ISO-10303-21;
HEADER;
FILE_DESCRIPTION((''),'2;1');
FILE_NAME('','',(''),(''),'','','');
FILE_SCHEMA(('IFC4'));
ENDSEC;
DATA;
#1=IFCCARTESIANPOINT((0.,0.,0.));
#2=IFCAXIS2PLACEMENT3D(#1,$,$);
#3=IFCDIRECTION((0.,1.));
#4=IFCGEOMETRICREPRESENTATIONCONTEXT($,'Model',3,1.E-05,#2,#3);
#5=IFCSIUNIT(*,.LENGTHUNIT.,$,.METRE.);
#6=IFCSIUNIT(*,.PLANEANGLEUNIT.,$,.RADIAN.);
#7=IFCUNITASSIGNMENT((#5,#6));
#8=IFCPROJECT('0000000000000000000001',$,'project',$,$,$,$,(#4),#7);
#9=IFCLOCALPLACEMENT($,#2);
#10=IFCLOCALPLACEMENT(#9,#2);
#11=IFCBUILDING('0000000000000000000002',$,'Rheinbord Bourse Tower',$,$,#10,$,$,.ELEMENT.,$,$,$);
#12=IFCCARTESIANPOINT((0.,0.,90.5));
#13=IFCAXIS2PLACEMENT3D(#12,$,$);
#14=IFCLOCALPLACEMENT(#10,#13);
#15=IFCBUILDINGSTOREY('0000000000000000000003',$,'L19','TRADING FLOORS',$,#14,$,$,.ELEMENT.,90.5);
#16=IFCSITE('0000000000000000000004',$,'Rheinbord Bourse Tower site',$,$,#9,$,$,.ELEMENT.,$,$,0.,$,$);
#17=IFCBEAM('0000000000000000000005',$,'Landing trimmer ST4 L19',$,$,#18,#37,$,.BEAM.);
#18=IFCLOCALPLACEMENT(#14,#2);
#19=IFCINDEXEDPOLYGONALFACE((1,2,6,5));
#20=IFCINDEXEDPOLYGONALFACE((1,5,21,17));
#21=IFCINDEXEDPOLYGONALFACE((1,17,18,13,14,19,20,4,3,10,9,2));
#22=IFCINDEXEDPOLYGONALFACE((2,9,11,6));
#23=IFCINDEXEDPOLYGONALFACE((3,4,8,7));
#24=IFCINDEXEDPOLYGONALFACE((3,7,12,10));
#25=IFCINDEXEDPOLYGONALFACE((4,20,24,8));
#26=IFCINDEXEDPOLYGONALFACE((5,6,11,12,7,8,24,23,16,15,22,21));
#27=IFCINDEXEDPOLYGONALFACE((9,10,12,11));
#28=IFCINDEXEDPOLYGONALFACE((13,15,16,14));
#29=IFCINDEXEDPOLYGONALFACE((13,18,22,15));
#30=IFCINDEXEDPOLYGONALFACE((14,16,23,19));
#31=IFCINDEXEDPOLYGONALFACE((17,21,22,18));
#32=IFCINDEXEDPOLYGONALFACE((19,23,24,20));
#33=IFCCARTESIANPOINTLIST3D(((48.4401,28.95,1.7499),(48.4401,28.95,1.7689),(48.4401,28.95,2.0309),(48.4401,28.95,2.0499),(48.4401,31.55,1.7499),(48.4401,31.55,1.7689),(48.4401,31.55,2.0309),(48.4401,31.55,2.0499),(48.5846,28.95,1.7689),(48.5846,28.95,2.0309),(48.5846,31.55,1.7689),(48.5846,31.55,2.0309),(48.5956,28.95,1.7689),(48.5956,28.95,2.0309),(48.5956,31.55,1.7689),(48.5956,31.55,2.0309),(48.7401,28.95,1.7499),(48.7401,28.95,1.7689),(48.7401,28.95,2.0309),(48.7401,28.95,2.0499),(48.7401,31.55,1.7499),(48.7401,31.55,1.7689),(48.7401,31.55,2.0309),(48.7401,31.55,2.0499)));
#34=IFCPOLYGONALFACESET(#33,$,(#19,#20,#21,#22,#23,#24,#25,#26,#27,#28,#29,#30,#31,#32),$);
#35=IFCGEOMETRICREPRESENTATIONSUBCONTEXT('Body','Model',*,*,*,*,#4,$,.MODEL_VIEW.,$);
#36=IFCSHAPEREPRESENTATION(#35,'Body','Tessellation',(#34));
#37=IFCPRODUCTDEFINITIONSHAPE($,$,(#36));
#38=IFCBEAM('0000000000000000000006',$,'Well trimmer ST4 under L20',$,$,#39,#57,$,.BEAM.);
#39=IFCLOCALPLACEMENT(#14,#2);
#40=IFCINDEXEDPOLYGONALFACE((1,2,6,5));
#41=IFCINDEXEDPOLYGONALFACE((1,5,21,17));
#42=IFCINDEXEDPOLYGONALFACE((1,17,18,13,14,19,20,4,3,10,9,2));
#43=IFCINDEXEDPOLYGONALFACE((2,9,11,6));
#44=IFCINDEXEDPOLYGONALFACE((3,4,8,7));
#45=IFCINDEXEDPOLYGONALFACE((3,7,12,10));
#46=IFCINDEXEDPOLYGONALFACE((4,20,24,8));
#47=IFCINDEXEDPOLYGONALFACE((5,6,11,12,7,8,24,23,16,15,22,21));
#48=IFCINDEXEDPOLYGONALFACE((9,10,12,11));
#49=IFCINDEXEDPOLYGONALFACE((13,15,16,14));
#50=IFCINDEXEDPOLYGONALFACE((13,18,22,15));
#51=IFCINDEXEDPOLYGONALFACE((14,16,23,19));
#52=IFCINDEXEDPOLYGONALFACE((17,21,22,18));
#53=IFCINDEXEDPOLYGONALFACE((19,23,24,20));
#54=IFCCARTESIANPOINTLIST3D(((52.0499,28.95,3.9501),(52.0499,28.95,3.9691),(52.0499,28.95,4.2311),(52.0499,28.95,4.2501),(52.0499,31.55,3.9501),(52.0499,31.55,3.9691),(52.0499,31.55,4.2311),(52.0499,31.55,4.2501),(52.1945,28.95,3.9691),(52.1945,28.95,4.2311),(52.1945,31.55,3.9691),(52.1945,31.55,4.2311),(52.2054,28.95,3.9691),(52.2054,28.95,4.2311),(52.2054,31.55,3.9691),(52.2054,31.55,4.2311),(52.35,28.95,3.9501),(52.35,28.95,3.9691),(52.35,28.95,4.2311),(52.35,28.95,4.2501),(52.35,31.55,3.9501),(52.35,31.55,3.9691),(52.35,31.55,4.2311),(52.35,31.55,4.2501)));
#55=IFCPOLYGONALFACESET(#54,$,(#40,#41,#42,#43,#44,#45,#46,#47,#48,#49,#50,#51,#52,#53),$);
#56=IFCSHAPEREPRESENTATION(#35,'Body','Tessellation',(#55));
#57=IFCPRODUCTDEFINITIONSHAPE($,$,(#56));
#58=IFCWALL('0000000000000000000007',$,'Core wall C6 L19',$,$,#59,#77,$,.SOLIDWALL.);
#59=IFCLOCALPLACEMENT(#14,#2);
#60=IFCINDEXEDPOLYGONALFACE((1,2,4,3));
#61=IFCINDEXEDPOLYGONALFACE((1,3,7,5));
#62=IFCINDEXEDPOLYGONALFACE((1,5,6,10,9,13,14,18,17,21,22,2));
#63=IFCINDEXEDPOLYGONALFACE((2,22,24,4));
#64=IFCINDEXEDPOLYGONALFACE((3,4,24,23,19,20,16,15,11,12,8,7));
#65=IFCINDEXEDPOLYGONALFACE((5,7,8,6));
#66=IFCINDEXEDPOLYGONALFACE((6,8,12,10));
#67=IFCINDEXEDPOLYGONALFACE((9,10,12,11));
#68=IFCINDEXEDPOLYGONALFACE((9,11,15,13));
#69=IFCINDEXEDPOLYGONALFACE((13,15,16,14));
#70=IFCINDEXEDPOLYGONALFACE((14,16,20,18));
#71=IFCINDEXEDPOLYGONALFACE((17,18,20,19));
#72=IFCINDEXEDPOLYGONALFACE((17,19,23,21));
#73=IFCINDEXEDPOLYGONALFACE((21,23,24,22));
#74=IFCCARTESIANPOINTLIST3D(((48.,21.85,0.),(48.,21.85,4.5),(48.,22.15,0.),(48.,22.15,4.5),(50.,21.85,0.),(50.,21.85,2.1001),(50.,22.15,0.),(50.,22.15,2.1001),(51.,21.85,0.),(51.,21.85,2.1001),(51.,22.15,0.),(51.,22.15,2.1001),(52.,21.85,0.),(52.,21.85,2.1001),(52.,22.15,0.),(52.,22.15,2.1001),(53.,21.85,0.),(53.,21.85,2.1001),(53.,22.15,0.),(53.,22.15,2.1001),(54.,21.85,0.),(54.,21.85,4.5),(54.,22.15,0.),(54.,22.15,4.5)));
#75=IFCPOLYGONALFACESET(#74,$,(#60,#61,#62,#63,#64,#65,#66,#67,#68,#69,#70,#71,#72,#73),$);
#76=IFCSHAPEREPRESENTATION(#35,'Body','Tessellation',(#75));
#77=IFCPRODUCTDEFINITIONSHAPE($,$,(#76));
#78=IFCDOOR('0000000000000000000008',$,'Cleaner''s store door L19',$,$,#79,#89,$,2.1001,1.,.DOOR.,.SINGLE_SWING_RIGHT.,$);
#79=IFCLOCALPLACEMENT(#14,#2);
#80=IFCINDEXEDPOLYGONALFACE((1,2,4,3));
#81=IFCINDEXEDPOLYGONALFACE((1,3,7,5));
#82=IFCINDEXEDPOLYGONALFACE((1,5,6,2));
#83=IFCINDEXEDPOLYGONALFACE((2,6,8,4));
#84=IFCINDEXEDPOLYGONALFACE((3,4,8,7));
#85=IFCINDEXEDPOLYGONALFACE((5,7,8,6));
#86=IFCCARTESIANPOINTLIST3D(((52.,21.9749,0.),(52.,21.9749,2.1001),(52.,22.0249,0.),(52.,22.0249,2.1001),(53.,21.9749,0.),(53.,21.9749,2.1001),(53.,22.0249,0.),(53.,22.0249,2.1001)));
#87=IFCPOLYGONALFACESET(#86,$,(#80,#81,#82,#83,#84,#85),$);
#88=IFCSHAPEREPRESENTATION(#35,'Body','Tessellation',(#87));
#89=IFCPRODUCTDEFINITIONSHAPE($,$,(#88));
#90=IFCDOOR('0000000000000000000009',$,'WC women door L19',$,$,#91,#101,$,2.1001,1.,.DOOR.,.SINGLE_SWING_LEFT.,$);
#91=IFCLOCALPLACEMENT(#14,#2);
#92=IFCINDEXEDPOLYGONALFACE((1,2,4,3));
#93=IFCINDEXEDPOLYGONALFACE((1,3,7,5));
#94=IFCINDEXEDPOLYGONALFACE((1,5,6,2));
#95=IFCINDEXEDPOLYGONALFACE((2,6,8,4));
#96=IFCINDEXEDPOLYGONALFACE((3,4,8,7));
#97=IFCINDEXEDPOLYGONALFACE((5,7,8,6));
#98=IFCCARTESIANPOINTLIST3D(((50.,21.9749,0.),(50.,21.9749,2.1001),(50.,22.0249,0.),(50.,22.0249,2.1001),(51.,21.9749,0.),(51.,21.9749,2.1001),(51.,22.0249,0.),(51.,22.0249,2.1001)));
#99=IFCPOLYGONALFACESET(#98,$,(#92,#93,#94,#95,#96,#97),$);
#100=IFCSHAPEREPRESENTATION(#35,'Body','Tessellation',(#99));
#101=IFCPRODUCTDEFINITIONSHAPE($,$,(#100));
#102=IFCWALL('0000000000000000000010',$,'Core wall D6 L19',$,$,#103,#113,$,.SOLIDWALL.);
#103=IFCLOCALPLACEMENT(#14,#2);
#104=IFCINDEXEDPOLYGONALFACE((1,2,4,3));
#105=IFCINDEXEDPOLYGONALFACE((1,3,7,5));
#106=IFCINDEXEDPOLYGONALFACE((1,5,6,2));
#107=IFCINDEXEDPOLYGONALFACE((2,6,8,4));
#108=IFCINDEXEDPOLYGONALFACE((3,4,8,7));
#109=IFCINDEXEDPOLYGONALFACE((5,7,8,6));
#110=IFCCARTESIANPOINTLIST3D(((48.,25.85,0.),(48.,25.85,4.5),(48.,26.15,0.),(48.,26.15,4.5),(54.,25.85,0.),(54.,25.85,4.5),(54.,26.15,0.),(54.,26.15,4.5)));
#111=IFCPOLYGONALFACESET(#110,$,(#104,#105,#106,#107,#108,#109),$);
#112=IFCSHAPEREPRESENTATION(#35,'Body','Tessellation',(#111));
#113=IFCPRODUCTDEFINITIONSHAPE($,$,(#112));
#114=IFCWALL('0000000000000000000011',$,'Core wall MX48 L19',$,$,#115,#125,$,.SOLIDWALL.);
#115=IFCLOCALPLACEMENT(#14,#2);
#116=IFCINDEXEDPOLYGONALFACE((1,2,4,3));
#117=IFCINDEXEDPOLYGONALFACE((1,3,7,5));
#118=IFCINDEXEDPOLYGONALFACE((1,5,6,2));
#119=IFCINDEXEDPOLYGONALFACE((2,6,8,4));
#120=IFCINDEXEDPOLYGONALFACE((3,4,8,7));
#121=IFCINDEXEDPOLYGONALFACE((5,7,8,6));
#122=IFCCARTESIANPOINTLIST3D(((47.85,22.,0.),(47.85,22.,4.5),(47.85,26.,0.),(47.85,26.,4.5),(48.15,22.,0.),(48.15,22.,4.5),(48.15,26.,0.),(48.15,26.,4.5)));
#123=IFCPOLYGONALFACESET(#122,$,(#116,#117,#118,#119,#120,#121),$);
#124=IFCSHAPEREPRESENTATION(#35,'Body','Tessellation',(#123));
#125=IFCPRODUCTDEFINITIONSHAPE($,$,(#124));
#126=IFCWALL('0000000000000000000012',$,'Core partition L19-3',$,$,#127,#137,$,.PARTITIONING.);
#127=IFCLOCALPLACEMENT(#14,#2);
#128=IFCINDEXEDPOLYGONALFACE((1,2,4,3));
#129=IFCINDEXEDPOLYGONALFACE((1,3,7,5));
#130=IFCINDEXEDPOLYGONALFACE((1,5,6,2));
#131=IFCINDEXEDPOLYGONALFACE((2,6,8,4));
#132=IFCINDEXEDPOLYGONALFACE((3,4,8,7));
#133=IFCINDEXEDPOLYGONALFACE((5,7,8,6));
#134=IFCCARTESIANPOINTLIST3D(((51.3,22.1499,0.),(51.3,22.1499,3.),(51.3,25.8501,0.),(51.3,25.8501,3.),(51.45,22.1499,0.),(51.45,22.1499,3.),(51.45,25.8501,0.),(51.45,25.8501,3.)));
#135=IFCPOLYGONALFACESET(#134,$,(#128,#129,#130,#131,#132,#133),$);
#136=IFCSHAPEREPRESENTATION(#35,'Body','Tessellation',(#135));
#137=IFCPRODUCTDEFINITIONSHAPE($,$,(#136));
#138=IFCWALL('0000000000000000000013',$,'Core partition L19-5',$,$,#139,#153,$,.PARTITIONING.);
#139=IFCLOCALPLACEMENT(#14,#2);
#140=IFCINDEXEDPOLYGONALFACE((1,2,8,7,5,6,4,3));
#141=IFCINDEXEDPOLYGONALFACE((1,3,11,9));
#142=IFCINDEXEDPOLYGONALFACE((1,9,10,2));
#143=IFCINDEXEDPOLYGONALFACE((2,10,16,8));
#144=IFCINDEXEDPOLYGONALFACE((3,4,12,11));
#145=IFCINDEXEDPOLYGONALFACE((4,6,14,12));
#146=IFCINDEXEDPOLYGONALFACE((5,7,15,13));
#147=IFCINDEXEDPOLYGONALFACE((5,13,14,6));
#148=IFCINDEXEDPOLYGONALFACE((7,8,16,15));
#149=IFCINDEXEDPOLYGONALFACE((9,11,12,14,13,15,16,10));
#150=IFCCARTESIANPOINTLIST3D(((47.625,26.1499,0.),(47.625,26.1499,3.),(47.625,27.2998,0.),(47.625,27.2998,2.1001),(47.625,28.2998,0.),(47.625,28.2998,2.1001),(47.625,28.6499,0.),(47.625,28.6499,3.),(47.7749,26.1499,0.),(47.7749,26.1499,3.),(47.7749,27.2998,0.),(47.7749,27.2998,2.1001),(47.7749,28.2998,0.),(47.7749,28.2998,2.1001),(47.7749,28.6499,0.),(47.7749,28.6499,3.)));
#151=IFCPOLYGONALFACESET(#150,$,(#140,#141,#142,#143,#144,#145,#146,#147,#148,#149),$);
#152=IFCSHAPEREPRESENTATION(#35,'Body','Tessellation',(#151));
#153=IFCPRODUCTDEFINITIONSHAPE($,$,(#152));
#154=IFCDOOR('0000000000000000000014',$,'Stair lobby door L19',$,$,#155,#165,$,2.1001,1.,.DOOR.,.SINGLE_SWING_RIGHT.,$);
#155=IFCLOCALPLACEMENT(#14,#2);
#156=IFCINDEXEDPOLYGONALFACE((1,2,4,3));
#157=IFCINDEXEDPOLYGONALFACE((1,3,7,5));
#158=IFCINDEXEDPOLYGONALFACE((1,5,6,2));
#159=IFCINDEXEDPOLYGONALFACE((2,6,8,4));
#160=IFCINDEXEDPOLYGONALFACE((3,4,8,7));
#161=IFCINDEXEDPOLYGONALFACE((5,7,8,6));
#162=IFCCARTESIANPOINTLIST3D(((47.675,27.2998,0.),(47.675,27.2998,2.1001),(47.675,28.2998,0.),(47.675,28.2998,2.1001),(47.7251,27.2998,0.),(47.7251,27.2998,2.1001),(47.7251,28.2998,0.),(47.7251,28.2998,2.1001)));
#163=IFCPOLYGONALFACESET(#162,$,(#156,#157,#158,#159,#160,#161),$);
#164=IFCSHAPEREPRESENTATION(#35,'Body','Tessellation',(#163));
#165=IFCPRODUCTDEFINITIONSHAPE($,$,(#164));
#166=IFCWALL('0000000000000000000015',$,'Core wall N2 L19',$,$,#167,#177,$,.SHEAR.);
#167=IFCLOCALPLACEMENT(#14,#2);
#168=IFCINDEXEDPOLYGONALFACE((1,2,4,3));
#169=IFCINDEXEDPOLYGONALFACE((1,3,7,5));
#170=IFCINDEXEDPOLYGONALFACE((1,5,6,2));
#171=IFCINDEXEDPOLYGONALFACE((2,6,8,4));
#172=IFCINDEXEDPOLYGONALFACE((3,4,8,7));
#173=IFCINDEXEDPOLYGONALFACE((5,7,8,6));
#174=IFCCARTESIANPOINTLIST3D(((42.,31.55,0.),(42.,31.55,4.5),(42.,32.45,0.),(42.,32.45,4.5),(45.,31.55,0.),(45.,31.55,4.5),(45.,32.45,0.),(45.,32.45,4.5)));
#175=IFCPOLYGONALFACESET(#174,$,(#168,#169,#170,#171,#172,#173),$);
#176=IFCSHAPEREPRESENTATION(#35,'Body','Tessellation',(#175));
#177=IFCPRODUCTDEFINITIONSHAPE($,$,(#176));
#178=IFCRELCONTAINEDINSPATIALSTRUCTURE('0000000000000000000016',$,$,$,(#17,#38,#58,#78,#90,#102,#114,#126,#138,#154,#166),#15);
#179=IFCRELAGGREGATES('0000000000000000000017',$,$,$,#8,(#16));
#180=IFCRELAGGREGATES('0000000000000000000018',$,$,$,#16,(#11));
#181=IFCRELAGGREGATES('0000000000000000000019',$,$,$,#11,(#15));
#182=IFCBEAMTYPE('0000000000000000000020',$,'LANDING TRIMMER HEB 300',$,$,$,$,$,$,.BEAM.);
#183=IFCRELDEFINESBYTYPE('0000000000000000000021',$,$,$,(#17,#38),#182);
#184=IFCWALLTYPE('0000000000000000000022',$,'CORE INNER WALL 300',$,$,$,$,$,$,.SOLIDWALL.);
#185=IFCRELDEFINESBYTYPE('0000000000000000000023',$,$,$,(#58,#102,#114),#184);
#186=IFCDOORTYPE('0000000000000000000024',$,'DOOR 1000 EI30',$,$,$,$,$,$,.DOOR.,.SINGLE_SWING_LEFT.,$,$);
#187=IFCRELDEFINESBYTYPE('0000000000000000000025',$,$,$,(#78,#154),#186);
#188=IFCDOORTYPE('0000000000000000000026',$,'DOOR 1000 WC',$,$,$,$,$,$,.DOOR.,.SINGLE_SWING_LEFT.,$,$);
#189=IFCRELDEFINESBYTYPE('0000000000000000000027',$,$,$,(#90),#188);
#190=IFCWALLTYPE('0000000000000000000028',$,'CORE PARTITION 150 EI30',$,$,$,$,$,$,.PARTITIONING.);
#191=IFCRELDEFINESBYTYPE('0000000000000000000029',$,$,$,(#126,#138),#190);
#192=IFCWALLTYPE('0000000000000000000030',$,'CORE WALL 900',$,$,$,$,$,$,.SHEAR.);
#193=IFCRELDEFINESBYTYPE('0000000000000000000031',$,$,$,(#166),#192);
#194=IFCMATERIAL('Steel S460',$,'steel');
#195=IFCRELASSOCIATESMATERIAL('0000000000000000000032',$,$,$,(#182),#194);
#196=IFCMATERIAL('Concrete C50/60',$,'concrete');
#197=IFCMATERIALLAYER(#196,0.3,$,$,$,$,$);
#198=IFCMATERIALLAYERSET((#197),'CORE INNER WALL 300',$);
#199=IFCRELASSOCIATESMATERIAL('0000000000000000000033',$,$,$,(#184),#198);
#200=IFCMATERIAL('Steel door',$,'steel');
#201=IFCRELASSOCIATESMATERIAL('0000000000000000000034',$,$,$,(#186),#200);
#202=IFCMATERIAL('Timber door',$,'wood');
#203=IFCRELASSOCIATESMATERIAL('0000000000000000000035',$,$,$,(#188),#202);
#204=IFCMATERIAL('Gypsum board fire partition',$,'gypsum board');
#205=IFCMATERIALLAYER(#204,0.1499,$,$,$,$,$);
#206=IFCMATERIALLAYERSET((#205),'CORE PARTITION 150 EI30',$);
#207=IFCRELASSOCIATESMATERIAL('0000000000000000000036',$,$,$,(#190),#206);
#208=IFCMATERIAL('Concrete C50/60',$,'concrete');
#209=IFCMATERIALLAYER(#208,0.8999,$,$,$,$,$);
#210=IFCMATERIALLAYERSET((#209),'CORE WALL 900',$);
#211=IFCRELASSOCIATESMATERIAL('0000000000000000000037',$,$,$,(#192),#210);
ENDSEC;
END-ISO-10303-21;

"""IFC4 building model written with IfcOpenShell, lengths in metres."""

from ifc_helpers import new_model, si_unit, direction, frame, frame_2d, origin, origin_2d, place, context, subcontext, project, spatial, rectangle, i_section, extrude, material, layer, layer_set, material_profile, profile_set, type_object, element, fill, save


model = new_model("IFC4")

# Units and contexts
model_context = context("Model", 3, precision=1e-05, world=origin(), true_north=direction((0.0, 1.0)))
body_context = subcontext(model_context, "Body", "Model", "MODEL_VIEW")
ifc_project = project(units=[si_unit("LENGTHUNIT", "METRE"), si_unit("PLANEANGLEUNIT", "RADIAN")], contexts=[model_context])

# Site, building, storey
site_placement = place(None, origin())
site = spatial("IfcSite", under=ifc_project, at=site_placement, Name="Rheinbord Bourse Tower site", CompositionType="ELEMENT", RefElevation=0.0)
building_placement = place(site_placement, origin())
building = spatial("IfcBuilding", under=site, at=building_placement, Name="Rheinbord Bourse Tower", CompositionType="ELEMENT")
storey_placement = place(building_placement, frame((0.0, 0.0, 90.5)))
storey = spatial("IfcBuildingStorey", under=building, at=storey_placement, Name="L19", Description="TRADING FLOORS", CompositionType="ELEMENT", Elevation=90.5)

# Beams
ifc_material_1 = material(Name="Steel S460", Category="steel")
ifc_material_profile = material_profile(ifc_material_1, i_section(OverallWidth=0.3, OverallDepth=0.3, WebThickness=0.011, FlangeThickness=0.019, at=origin_2d()), Name="HEB 300")
ifc_profile_set = profile_set([ifc_material_profile], Name="Steel S460")
beam_type = type_object("IfcBeamType", Name="LANDING TRIMMER HEB 300", PredefinedType="BEAM", material=ifc_profile_set)
for number, where, z_axis, x_axis, name in (
    (1, (48.5901, 28.95, 1.8999), (0.0, 1.0, 0.0), (-1.0, 0.0, 0.0), "Landing trimmer ST4 L19"),
    (2, (52.2, 28.95, 4.1001), (0.0, 1.0, 0.0), (-1.0, 0.0, 0.0), "Well trimmer ST4 under L20"),
):
    element("IfcBeam", number, at=place(storey_placement, frame(where, z_axis=z_axis, x_axis=x_axis)), inside=storey, type_object=beam_type, Name=name, PredefinedType="BEAM", context=body_context, shape_type="SweptSolid", body=[
        extrude(i_section(OverallWidth=0.3, OverallDepth=0.3, WebThickness=0.011, FlangeThickness=0.019, at=origin_2d()), origin(), (0.0, 0.0, 1.0), 2.6001),
    ])

# Wall, openings, doors
ifc_material_2 = material(Name="Concrete C50/60", Category="concrete")
ifc_layer_1 = layer(ifc_material_2, 0.3)
ifc_layer_set_1 = layer_set([ifc_layer_1], Name="CORE INNER WALL 300")
wall_type_1 = type_object("IfcWallType", Name="CORE INNER WALL 300", PredefinedType="SOLIDWALL", material=ifc_layer_set_1)
wall_1_placement = place(storey_placement, frame((48.0, 22.0, 0.0), z_axis=(0.0, 0.0, 1.0), x_axis=(1.0, 0.0, 0.0)))
wall_1 = element("IfcWall", 3, at=wall_1_placement, inside=storey, type_object=wall_type_1, Name="Core wall C6 L19", PredefinedType="SOLIDWALL", context=body_context, shape_type="SweptSolid", body=[
    extrude(rectangle(XDim=6.0, YDim=0.3, at=frame_2d((3.0, 0.0))), origin(), (0.0, 0.0, 1.0), 4.5),
])
opening_1_placement = place(wall_1_placement, frame((2.0, 0.0, 0.0)))
opening_1 = element("IfcOpeningElement", 4, at=opening_1_placement, cuts=wall_1, PredefinedType="OPENING", context=body_context, shape_type="SweptSolid", body=[
    extrude(rectangle(XDim=1.0, YDim=2.1001, at=frame_2d((0.5, 1.05))), frame((0.0, 0.1599, 0.0), z_axis=(0.0, -1.0, 0.0), x_axis=(1.0, 0.0, 0.0)), (0.0, 0.0, 1.0), 0.3201),
])
opening_2_placement = place(wall_1_placement, frame((4.0, 0.0, 0.0)))
opening_2 = element("IfcOpeningElement", 5, at=opening_2_placement, cuts=wall_1, PredefinedType="OPENING", context=body_context, shape_type="SweptSolid", body=[
    extrude(rectangle(XDim=1.0, YDim=2.1001, at=frame_2d((0.5, 1.05))), frame((0.0, 0.1599, 0.0), z_axis=(0.0, -1.0, 0.0), x_axis=(1.0, 0.0, 0.0)), (0.0, 0.0, 1.0), 0.3201),
])
ifc_material_3 = material(Name="Steel door", Category="steel")
door_type_1 = type_object("IfcDoorType", Name="DOOR 1000 EI30", OperationType="SINGLE_SWING_LEFT", PredefinedType="DOOR", material=ifc_material_3)
door_1_placement = place(opening_2_placement, origin())
door_1 = element("IfcDoor", 6, at=door_1_placement, inside=storey, type_object=door_type_1, Name="Cleaner's store door L19", OperationType="SINGLE_SWING_RIGHT", OverallHeight=2.1001, OverallWidth=1.0, PredefinedType="DOOR", context=body_context, shape_type="SweptSolid", body=[
    extrude(rectangle(XDim=1.0, YDim=2.1001, at=frame_2d((0.5, 1.05))), frame((0.0, 0.0249, 0.0), z_axis=(0.0, -1.0, 0.0), x_axis=(1.0, 0.0, 0.0)), (0.0, 0.0, 1.0), 0.05),
])
fill(opening_2, door_1)
ifc_material_4 = material(Name="Timber door", Category="wood")
door_type_2 = type_object("IfcDoorType", Name="DOOR 1000 WC", OperationType="SINGLE_SWING_LEFT", PredefinedType="DOOR", material=ifc_material_4)
door_2_placement = place(opening_1_placement, origin())
door_2 = element("IfcDoor", 7, at=door_2_placement, inside=storey, type_object=door_type_2, Name="WC women door L19", OperationType="SINGLE_SWING_LEFT", OverallHeight=2.1001, OverallWidth=1.0, PredefinedType="DOOR", context=body_context, shape_type="SweptSolid", body=[
    extrude(rectangle(XDim=1.0, YDim=2.1001, at=frame_2d((0.5, 1.05))), frame((0.0, 0.0249, 0.0), z_axis=(0.0, -1.0, 0.0), x_axis=(1.0, 0.0, 0.0)), (0.0, 0.0, 1.0), 0.05),
])
fill(opening_1, door_2)

# Walls
wall_2_placement = place(storey_placement, frame((48.0, 26.0, 0.0), z_axis=(0.0, 0.0, 1.0), x_axis=(1.0, 0.0, 0.0)))
element("IfcWall", 8, at=wall_2_placement, inside=storey, type_object=wall_type_1, Name="Core wall D6 L19", PredefinedType="SOLIDWALL", context=body_context, shape_type="SweptSolid", body=[
    extrude(rectangle(XDim=6.0, YDim=0.3, at=frame_2d((3.0, 0.0))), origin(), (0.0, 0.0, 1.0), 4.5),
])
wall_3_placement = place(storey_placement, frame((48.0, 22.0, 0.0), z_axis=(0.0, 0.0, 1.0), x_axis=(0.0, 1.0, 0.0)))
element("IfcWall", 9, at=wall_3_placement, inside=storey, type_object=wall_type_1, Name="Core wall MX48 L19", PredefinedType="SOLIDWALL", context=body_context, shape_type="SweptSolid", body=[
    extrude(rectangle(XDim=4.0, YDim=0.3, at=frame_2d((2.0, 0.0))), origin(), (0.0, 0.0, 1.0), 4.5),
])
ifc_material_5 = material(Name="Gypsum board fire partition", Category="gypsum board")
ifc_layer_2 = layer(ifc_material_5, 0.1499)
ifc_layer_set_2 = layer_set([ifc_layer_2], Name="CORE PARTITION 150 EI30")
wall_type_2 = type_object("IfcWallType", Name="CORE PARTITION 150 EI30", PredefinedType="PARTITIONING", material=ifc_layer_set_2)
wall_4_placement = place(storey_placement, frame((51.375, 22.1499, 0.0), z_axis=(0.0, 0.0, 1.0), x_axis=(0.0, 1.0, 0.0)))
element("IfcWall", 10, at=wall_4_placement, inside=storey, type_object=wall_type_2, Name="Core partition L19-3", PredefinedType="PARTITIONING", context=body_context, shape_type="SweptSolid", body=[
    extrude(rectangle(XDim=3.7002, YDim=0.1499, at=frame_2d((1.8501, 0.0))), origin(), (0.0, 0.0, 1.0), 3.0),
])

# Wall, opening, door
wall_5_placement = place(storey_placement, frame((47.7, 26.1499, 0.0), z_axis=(0.0, 0.0, 1.0), x_axis=(0.0, 1.0, 0.0)))
wall_5 = element("IfcWall", 11, at=wall_5_placement, inside=storey, type_object=wall_type_2, Name="Core partition L19-5", PredefinedType="PARTITIONING", context=body_context, shape_type="SweptSolid", body=[
    extrude(rectangle(XDim=2.5, YDim=0.1499, at=frame_2d((1.25, 0.0))), origin(), (0.0, 0.0, 1.0), 3.0),
])
opening_3_placement = place(wall_5_placement, frame((1.1499, 0.0, 0.0)))
opening_3 = element("IfcOpeningElement", 12, at=opening_3_placement, cuts=wall_5, PredefinedType="OPENING", context=body_context, shape_type="SweptSolid", body=[
    extrude(rectangle(XDim=1.0, YDim=2.1001, at=frame_2d((0.5, 1.05))), frame((0.0, 0.085, 0.0), z_axis=(0.0, -1.0, 0.0), x_axis=(1.0, 0.0, 0.0)), (0.0, 0.0, 1.0), 0.1699),
])
door_3_placement = place(opening_3_placement, origin())
door_3 = element("IfcDoor", 13, at=door_3_placement, inside=storey, type_object=door_type_1, Name="Stair lobby door L19", OperationType="SINGLE_SWING_RIGHT", OverallHeight=2.1001, OverallWidth=1.0, PredefinedType="DOOR", context=body_context, shape_type="SweptSolid", body=[
    extrude(rectangle(XDim=1.0, YDim=2.1001, at=frame_2d((0.5, 1.05))), frame((0.0, 0.0249, 0.0), z_axis=(0.0, -1.0, 0.0), x_axis=(1.0, 0.0, 0.0)), (0.0, 0.0, 1.0), 0.05),
])
fill(opening_3, door_3)

# Wall
ifc_material_6 = material(Name="Concrete C50/60", Category="concrete")
ifc_layer_3 = layer(ifc_material_6, 0.8999)
ifc_layer_set_3 = layer_set([ifc_layer_3], Name="CORE WALL 900")
wall_type_3 = type_object("IfcWallType", Name="CORE WALL 900", PredefinedType="SHEAR", material=ifc_layer_set_3)
wall_6_placement = place(storey_placement, frame((45.0, 32.0, 0.0), z_axis=(0.0, 0.0, 1.0), x_axis=(-1.0, 0.0, 0.0)))
element("IfcWall", 14, at=wall_6_placement, inside=storey, type_object=wall_type_3, Name="Core wall N2 L19", PredefinedType="SHEAR", context=body_context, shape_type="SweptSolid", body=[
    extrude(rectangle(XDim=3.0, YDim=0.8999, at=frame_2d((1.5, 0.0))), origin(), (0.0, 0.0, 1.0), 4.5),
])

save(model, "model.ifc")
